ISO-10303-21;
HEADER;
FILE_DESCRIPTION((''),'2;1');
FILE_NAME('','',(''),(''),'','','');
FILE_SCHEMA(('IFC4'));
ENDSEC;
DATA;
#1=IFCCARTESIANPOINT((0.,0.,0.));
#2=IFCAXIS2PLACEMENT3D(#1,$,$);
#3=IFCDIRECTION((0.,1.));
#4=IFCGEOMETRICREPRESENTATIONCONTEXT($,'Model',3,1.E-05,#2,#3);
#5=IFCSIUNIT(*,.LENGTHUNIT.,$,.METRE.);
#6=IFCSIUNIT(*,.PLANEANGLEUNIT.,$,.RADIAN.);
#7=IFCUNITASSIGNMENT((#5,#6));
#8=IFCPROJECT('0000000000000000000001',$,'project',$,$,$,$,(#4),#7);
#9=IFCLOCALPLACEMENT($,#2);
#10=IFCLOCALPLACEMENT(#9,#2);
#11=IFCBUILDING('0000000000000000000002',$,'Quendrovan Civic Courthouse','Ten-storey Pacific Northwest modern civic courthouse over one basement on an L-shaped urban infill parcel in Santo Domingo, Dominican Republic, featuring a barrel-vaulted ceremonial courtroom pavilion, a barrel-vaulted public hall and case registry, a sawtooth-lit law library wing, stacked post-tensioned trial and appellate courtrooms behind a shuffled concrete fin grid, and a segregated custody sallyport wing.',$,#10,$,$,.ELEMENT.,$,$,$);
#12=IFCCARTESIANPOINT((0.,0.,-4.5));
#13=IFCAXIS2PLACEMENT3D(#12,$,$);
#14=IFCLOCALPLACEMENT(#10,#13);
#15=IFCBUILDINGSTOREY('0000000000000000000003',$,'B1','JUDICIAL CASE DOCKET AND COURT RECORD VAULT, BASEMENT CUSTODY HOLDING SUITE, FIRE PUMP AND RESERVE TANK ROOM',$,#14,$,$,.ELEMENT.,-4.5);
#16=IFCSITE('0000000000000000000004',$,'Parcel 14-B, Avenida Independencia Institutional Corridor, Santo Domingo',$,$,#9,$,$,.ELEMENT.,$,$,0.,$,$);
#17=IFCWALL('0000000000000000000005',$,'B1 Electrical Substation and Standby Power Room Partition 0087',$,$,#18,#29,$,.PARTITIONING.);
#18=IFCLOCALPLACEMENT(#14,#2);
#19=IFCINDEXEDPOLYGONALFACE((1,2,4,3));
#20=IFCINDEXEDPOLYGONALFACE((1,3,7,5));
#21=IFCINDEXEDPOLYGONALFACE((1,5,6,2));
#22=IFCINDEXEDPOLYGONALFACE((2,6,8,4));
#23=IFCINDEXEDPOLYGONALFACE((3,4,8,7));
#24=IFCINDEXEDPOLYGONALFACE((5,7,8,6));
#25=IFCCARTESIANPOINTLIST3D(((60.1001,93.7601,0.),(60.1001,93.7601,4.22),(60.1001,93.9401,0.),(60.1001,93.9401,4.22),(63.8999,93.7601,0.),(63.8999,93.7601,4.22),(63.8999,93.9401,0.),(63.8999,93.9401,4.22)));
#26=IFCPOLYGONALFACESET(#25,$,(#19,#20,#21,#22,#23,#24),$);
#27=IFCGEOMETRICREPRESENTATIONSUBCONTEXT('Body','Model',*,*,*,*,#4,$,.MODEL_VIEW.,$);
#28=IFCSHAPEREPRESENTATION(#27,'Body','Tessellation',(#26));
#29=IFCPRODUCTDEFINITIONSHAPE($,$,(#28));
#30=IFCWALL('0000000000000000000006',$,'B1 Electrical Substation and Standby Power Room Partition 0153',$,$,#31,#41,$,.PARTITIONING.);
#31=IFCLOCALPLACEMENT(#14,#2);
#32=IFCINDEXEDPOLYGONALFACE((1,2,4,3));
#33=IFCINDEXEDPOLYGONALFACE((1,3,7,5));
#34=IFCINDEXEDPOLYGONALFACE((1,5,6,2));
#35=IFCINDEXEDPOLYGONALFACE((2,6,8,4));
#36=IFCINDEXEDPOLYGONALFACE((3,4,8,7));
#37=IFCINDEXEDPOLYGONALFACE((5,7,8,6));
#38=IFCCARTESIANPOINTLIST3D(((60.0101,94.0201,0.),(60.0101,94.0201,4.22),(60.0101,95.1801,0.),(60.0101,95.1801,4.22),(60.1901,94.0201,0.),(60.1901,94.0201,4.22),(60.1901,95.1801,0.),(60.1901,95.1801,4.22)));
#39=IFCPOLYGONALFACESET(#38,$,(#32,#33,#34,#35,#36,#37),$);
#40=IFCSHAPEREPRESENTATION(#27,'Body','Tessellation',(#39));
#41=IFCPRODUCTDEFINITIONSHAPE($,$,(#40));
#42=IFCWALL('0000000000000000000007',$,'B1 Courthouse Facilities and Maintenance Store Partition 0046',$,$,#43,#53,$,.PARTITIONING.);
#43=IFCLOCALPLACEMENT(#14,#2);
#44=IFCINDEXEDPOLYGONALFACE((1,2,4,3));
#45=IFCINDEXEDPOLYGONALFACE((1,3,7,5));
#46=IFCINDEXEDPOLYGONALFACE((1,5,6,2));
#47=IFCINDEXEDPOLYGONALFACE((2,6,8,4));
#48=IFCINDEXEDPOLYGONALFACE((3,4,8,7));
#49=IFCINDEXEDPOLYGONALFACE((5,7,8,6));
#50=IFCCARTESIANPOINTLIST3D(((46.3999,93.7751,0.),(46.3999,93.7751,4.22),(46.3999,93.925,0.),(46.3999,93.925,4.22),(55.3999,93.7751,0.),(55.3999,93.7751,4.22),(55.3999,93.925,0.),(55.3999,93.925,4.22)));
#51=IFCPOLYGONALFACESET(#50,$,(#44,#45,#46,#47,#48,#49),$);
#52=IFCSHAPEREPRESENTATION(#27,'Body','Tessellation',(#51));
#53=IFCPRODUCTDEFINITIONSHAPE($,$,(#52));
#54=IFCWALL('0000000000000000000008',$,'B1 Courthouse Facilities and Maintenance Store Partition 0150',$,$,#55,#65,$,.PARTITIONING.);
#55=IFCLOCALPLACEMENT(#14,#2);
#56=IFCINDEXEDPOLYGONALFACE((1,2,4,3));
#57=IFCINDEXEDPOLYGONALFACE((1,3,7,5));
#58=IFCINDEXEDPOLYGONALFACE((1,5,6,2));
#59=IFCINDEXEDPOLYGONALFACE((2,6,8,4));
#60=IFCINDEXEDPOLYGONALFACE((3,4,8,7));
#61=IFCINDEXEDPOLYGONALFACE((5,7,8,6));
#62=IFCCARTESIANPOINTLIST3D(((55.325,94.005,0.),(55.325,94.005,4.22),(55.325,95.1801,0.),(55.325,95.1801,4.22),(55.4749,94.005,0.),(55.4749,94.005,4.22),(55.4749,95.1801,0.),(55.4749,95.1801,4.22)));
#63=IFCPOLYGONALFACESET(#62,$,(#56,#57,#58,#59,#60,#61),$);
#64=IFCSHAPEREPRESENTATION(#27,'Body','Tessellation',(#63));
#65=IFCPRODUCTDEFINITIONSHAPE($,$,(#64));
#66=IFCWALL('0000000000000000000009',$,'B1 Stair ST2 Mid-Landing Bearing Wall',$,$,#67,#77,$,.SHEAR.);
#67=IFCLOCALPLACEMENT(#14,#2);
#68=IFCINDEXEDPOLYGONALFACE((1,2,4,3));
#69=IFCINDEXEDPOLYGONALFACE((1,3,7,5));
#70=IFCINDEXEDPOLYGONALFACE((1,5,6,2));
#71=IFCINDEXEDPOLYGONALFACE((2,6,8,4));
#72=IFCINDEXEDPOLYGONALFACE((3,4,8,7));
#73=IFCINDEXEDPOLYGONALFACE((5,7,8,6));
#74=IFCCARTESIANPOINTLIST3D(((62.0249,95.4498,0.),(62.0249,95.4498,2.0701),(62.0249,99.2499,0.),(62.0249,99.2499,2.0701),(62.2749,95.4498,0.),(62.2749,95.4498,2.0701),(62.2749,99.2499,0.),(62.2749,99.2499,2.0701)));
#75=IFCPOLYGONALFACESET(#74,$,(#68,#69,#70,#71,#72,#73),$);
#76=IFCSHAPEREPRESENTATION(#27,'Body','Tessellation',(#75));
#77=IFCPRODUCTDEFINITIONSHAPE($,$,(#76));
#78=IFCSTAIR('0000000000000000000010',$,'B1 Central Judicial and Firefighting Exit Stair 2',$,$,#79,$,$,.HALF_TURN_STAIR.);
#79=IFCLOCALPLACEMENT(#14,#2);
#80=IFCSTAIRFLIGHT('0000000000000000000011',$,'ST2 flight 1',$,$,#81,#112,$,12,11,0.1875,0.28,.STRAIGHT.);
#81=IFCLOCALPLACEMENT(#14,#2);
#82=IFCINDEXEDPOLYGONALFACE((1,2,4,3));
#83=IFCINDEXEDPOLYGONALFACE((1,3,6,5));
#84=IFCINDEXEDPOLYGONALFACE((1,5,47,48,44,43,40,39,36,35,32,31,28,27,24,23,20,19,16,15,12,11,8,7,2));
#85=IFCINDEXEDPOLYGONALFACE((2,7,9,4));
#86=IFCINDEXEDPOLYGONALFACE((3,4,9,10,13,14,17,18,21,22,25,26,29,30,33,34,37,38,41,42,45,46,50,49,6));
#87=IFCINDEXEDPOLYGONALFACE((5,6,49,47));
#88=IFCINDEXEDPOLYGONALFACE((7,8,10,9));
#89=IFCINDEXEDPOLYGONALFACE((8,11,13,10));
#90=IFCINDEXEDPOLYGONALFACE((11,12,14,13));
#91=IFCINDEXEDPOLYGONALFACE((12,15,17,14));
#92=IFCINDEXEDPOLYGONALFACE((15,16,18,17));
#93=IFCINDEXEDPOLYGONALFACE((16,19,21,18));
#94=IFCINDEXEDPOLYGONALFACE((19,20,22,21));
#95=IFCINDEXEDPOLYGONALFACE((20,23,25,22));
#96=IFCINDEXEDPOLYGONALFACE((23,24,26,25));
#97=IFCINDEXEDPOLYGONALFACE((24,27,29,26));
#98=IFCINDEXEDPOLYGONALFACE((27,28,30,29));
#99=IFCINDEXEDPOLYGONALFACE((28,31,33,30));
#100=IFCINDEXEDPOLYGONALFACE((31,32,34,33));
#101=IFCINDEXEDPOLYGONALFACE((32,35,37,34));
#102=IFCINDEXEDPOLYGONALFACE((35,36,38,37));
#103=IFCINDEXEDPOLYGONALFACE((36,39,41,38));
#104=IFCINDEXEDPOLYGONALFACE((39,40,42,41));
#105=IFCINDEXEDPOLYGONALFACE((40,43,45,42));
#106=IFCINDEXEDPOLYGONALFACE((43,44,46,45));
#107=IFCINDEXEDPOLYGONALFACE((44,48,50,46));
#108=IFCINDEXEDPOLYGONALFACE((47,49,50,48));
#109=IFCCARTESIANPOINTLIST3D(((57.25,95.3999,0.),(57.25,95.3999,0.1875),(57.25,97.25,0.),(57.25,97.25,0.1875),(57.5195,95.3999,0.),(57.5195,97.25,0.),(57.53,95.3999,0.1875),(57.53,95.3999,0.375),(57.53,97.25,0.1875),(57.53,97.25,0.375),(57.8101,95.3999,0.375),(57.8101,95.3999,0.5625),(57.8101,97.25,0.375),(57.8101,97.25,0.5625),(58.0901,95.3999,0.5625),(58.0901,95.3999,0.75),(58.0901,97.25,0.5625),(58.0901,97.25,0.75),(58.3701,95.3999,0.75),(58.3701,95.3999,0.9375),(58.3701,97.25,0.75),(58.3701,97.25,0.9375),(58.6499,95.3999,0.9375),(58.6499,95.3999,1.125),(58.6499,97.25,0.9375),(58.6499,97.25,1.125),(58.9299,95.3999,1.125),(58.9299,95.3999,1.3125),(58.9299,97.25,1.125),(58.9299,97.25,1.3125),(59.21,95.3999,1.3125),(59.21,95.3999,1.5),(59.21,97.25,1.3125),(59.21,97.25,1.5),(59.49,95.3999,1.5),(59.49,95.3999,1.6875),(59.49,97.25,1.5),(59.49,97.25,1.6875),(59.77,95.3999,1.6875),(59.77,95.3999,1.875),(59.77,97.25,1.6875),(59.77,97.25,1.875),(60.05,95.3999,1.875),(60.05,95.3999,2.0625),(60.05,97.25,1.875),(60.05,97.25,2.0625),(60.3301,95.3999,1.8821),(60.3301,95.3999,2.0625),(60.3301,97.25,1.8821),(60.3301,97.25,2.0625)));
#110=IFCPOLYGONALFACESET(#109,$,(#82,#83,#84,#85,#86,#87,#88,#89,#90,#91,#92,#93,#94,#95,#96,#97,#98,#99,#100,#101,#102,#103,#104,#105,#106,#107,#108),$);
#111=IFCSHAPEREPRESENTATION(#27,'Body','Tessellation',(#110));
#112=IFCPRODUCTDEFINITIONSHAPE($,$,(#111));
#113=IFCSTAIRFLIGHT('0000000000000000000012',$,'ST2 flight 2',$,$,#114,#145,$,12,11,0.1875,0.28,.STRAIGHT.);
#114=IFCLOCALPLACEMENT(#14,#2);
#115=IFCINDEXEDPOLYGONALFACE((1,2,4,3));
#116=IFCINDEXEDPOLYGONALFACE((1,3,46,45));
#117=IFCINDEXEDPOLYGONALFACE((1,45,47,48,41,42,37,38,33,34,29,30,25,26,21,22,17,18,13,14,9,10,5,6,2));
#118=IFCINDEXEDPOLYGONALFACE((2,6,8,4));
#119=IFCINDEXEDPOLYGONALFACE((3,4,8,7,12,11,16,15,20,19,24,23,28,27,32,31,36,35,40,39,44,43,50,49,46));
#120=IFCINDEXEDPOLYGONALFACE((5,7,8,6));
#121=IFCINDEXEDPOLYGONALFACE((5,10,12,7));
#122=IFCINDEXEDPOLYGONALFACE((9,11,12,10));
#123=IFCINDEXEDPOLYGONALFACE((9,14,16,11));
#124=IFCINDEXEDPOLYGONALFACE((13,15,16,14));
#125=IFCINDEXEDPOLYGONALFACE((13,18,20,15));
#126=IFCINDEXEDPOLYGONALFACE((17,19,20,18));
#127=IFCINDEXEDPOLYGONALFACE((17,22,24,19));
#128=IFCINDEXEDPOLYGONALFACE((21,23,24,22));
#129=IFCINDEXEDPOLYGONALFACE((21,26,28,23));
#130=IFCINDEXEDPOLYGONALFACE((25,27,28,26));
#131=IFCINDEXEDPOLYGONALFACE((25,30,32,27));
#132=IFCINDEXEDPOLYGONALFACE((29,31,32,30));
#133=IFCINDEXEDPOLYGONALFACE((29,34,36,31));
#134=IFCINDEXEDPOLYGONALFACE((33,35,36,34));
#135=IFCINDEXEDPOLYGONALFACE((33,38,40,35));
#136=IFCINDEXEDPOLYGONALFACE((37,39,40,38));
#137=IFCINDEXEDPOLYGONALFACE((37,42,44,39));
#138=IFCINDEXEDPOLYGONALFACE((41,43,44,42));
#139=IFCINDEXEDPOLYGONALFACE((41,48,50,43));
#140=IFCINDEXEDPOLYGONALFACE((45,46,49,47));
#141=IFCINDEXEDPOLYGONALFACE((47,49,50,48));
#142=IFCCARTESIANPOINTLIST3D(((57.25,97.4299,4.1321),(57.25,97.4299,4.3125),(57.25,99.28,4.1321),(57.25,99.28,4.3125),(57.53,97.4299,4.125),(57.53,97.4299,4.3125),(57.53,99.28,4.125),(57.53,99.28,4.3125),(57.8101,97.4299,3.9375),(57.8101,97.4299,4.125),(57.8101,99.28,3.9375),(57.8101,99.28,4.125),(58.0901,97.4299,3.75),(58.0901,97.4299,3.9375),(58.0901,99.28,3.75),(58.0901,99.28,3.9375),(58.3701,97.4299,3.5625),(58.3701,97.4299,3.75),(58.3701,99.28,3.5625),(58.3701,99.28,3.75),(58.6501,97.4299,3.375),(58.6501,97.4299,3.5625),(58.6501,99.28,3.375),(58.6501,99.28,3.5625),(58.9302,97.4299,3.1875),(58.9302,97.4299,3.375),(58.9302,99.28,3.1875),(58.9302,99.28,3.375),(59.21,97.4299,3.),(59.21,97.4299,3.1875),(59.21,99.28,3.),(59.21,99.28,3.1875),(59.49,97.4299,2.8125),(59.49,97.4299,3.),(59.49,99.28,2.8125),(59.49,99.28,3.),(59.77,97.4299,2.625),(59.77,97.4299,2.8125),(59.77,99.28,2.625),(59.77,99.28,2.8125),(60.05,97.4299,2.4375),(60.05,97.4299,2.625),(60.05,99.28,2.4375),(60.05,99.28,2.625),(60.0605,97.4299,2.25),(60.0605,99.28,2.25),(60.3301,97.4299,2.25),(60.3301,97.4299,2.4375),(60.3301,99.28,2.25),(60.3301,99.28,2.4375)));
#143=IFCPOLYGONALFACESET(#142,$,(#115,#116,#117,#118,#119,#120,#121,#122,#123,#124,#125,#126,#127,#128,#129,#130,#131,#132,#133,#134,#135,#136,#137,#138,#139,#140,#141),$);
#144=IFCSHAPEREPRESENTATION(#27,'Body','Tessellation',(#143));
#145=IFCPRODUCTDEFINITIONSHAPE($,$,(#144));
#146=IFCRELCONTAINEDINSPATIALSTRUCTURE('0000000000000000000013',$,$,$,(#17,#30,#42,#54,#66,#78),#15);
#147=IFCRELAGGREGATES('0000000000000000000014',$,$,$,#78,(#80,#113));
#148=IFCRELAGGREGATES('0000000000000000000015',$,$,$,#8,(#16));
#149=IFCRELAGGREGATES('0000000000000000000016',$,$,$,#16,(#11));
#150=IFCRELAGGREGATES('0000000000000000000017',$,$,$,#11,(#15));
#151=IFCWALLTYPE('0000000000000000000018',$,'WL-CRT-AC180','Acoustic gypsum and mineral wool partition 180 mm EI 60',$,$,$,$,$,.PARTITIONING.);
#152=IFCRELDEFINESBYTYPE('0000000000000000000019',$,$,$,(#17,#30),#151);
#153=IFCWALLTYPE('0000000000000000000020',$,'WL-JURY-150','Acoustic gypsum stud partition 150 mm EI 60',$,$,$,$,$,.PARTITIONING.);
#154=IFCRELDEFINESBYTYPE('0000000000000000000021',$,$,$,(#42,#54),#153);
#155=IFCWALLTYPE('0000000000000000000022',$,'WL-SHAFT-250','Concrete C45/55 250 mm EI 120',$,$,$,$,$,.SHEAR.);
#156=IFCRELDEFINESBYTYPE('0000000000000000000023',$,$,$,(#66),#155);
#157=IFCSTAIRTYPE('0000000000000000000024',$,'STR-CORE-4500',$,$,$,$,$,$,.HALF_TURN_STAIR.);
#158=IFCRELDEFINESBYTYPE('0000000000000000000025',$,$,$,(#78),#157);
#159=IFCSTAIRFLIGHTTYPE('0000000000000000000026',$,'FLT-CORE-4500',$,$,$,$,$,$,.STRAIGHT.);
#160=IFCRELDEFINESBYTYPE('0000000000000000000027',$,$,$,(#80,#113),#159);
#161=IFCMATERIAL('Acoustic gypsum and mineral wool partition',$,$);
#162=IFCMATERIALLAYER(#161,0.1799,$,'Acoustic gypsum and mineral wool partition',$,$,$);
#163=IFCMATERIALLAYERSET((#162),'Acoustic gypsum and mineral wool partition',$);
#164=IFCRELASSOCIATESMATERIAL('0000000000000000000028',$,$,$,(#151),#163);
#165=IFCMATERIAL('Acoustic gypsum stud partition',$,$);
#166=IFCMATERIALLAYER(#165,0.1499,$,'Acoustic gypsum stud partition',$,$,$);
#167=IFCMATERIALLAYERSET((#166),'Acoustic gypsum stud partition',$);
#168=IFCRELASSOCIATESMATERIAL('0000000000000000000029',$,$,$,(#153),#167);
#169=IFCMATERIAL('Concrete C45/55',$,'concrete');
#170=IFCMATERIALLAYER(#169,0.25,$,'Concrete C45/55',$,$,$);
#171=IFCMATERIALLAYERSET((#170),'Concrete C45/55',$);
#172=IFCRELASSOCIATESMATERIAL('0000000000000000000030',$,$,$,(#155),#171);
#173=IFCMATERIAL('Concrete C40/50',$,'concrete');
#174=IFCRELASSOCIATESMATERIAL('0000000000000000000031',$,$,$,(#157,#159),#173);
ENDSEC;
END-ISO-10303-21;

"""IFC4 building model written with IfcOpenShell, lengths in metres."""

from ifc_helpers import new_model, si_unit, direction, frame, frame_2d, origin, place, context, subcontext, project, spatial, polyline, rectangle, outline, extrude, material, layer, layer_set, type_object, element, aggregate, save


model = new_model("IFC4")

# Units and contexts
model_context = context("Model", 3, precision=1e-05, world=origin(), true_north=direction((0.0, 1.0)))
body_context = subcontext(model_context, "Body", "Model", "MODEL_VIEW")
ifc_project = project(units=[si_unit("LENGTHUNIT", "METRE"), si_unit("PLANEANGLEUNIT", "RADIAN")], contexts=[model_context])

# Site, building, storey
site_placement = place(None, origin())
site = spatial("IfcSite", under=ifc_project, at=site_placement, Name="Parcel 14-B, Avenida Independencia Institutional Corridor, Santo Domingo", CompositionType="ELEMENT", RefElevation=0.0)
building_placement = place(site_placement, origin())
building = spatial("IfcBuilding", under=site, at=building_placement, Name="Quendrovan Civic Courthouse", Description="Ten-storey Pacific Northwest modern civic courthouse over one basement on an L-shaped urban infill parcel in Santo Domingo, Dominican Republic, featuring a barrel-vaulted ceremonial courtroom pavilion, a barrel-vaulted public hall and case registry, a sawtooth-lit law library wing, stacked post-tensioned trial and appellate courtrooms behind a shuffled concrete fin grid, and a segregated custody sallyport wing.", CompositionType="ELEMENT")
storey_placement = place(building_placement, frame((0.0, 0.0, -4.5)))
storey = spatial("IfcBuildingStorey", under=building, at=storey_placement, Name="B1", Description="JUDICIAL CASE DOCKET AND COURT RECORD VAULT, BASEMENT CUSTODY HOLDING SUITE, FIRE PUMP AND RESERVE TANK ROOM", CompositionType="ELEMENT", Elevation=-4.5)

# Walls
ifc_material_1 = material(Name="Acoustic gypsum stud partition")
ifc_material_2 = material(Name="Concrete C45/55", Category="concrete")
ifc_material_3 = material(Name="Acoustic gypsum and mineral wool partition")
ifc_layer_1 = layer(ifc_material_3, 0.1799, Name="Acoustic gypsum and mineral wool partition")
ifc_layer_set_1 = layer_set([ifc_layer_1], Name="Acoustic gypsum and mineral wool partition")
wall_type_1 = type_object("IfcWallType", Name="WL-CRT-AC180", Description="Acoustic gypsum and mineral wool partition 180 mm EI 60", PredefinedType="PARTITIONING", material=ifc_layer_set_1)
wall_1_placement = place(storey_placement, frame((63.8999, 93.8501, 0.0), z_axis=(0.0, 0.0, 1.0), x_axis=(-1.0, 0.0, 0.0)))
element("IfcWall", 1, at=wall_1_placement, inside=storey, type_object=wall_type_1, Name="B1 Electrical Substation and Standby Power Room Partition 0087", PredefinedType="PARTITIONING", context=body_context, shape_type="SweptSolid", body=[
    extrude(rectangle(XDim=3.7998, YDim=0.1799, at=frame_2d((1.8999, 0.0))), origin(), (0.0, 0.0, 1.0), 4.22),
])
wall_2_placement = place(storey_placement, frame((60.1001, 94.02, 0.0), z_axis=(0.0, 0.0, 1.0), x_axis=(0.0, 1.0, 0.0)))
element("IfcWall", 2, at=wall_2_placement, inside=storey, type_object=wall_type_1, Name="B1 Electrical Substation and Standby Power Room Partition 0153", PredefinedType="PARTITIONING", context=body_context, shape_type="SweptSolid", body=[
    extrude(rectangle(XDim=1.1599, YDim=0.1799, at=frame_2d((0.5801, 0.0))), origin(), (0.0, 0.0, 1.0), 4.22),
])
ifc_layer_2 = layer(ifc_material_1, 0.1499, Name="Acoustic gypsum stud partition")
ifc_layer_set_2 = layer_set([ifc_layer_2], Name="Acoustic gypsum stud partition")
wall_type_2 = type_object("IfcWallType", Name="WL-JURY-150", Description="Acoustic gypsum stud partition 150 mm EI 60", PredefinedType="PARTITIONING", material=ifc_layer_set_2)
wall_3_placement = place(storey_placement, frame((55.3999, 93.8501, 0.0), z_axis=(0.0, 0.0, 1.0), x_axis=(-1.0, 0.0, 0.0)))
element("IfcWall", 3, at=wall_3_placement, inside=storey, type_object=wall_type_2, Name="B1 Courthouse Facilities and Maintenance Store Partition 0046", PredefinedType="PARTITIONING", context=body_context, shape_type="SweptSolid", body=[
    extrude(rectangle(XDim=9.0, YDim=0.1499, at=frame_2d((4.5, 0.0))), origin(), (0.0, 0.0, 1.0), 4.22),
])
wall_4_placement = place(storey_placement, frame((55.3999, 95.1799, 0.0), z_axis=(0.0, 0.0, 1.0), x_axis=(0.0, -1.0, 0.0)))
element("IfcWall", 4, at=wall_4_placement, inside=storey, type_object=wall_type_2, Name="B1 Courthouse Facilities and Maintenance Store Partition 0150", PredefinedType="PARTITIONING", context=body_context, shape_type="SweptSolid", body=[
    extrude(rectangle(XDim=1.175, YDim=0.1499, at=frame_2d((0.5874, 0.0))), origin(), (0.0, 0.0, 1.0), 4.22),
])
ifc_layer_3 = layer(ifc_material_2, 0.25, Name="Concrete C45/55")
ifc_layer_set_3 = layer_set([ifc_layer_3], Name="Concrete C45/55")
wall_type_3 = type_object("IfcWallType", Name="WL-SHAFT-250", Description="Concrete C45/55 250 mm EI 120", PredefinedType="SHEAR", material=ifc_layer_set_3)
wall_5_placement = place(storey_placement, frame((62.1499, 95.45, 0.0), z_axis=(0.0, 0.0, 1.0), x_axis=(0.0, 1.0, 0.0)))
element("IfcWall", 5, at=wall_5_placement, inside=storey, type_object=wall_type_3, Name="B1 Stair ST2 Mid-Landing Bearing Wall", PredefinedType="SHEAR", context=body_context, shape_type="SweptSolid", body=[
    extrude(rectangle(XDim=3.8, YDim=0.25, at=frame_2d((1.8999, 0.0))), origin(), (0.0, 0.0, 1.0), 2.0701),
])

# Stair, stair flights
ifc_material_4 = material(Name="Concrete C40/50", Category="concrete")
stair_type = type_object("IfcStairType", Name="STR-CORE-4500", PredefinedType="HALF_TURN_STAIR", material=ifc_material_4)
stair_placement = place(storey_placement, origin())
stair = element("IfcStair", 6, at=stair_placement, inside=storey, type_object=stair_type, Name="B1 Central Judicial and Firefighting Exit Stair 2", PredefinedType="HALF_TURN_STAIR")
stair_flight_type = type_object("IfcStairFlightType", Name="FLT-CORE-4500", PredefinedType="STRAIGHT", material=ifc_material_4)
stair_flight_1_placement = place(storey_placement, frame((57.25, 96.325, 0.0), z_axis=(0.0, 0.0, 1.0), x_axis=(1.0, 0.0, 0.0)))
stair_flight_1 = element("IfcStairFlight", 7, at=stair_flight_1_placement, type_object=stair_flight_type, Name="ST2 flight 1", NumberOfRisers=12, NumberOfTreads=11, PredefinedType="STRAIGHT", RiserHeight=0.1875, TreadLength=0.28, context=body_context, shape_type="SweptSolid", body=[
    extrude(outline(polyline([(0.0, 0.0), (0.0, 0.1875), (0.28, 0.1875), (0.28, 0.375), (0.5601, 0.375), (0.5601, 0.5625), (0.8401, 0.5625), (0.8401, 0.75), (1.1201, 0.75), (1.1201, 0.9375), (1.3999, 0.9375), (1.3999, 1.125), (1.6799, 1.125), (1.6799, 1.3125), (1.96, 1.3125), (1.96, 1.5), (2.24, 1.5), (2.24, 1.6875), (2.52, 1.6875), (2.52, 1.875), (2.8, 1.875), (2.8, 2.0625), (3.0801, 2.0625), (3.0801, 2.25), (3.0801, 1.8821), (0.2695, 0.0), (0.0, 0.0)])), frame((0.0, 0.925, 0.0), z_axis=(0.0, -1.0, 0.0), x_axis=(1.0, 0.0, 0.0)), (0.0, 0.0, 1.0), 1.8501),
])
stair_flight_2_placement = place(storey_placement, frame((60.3301, 98.355, 2.25), z_axis=(0.0, 0.0, 1.0), x_axis=(-1.0, 0.0, 0.0)))
stair_flight_2 = element("IfcStairFlight", 8, at=stair_flight_2_placement, type_object=stair_flight_type, Name="ST2 flight 2", NumberOfRisers=12, NumberOfTreads=11, PredefinedType="STRAIGHT", RiserHeight=0.1875, TreadLength=0.28, context=body_context, shape_type="SweptSolid", body=[
    extrude(outline(polyline([(0.0, 0.0), (0.0, 0.1875), (0.28, 0.1875), (0.28, 0.375), (0.5601, 0.375), (0.5601, 0.5625), (0.8401, 0.5625), (0.8401, 0.75), (1.1201, 0.75), (1.1201, 0.9375), (1.3999, 0.9375), (1.3999, 1.125), (1.6799, 1.125), (1.6799, 1.3125), (1.96, 1.3125), (1.96, 1.5), (2.24, 1.5), (2.24, 1.6875), (2.52, 1.6875), (2.52, 1.875), (2.8, 1.875), (2.8, 2.0625), (3.0801, 2.0625), (3.0801, 2.25), (3.0801, 1.8821), (0.2695, 0.0), (0.0, 0.0)])), frame((0.0, 0.925, 0.0), z_axis=(0.0, -1.0, 0.0), x_axis=(1.0, 0.0, 0.0)), (0.0, 0.0, 1.0), 1.8501),
])
aggregate(stair, [stair_flight_1, stair_flight_2])

save(model, "model.ifc")
